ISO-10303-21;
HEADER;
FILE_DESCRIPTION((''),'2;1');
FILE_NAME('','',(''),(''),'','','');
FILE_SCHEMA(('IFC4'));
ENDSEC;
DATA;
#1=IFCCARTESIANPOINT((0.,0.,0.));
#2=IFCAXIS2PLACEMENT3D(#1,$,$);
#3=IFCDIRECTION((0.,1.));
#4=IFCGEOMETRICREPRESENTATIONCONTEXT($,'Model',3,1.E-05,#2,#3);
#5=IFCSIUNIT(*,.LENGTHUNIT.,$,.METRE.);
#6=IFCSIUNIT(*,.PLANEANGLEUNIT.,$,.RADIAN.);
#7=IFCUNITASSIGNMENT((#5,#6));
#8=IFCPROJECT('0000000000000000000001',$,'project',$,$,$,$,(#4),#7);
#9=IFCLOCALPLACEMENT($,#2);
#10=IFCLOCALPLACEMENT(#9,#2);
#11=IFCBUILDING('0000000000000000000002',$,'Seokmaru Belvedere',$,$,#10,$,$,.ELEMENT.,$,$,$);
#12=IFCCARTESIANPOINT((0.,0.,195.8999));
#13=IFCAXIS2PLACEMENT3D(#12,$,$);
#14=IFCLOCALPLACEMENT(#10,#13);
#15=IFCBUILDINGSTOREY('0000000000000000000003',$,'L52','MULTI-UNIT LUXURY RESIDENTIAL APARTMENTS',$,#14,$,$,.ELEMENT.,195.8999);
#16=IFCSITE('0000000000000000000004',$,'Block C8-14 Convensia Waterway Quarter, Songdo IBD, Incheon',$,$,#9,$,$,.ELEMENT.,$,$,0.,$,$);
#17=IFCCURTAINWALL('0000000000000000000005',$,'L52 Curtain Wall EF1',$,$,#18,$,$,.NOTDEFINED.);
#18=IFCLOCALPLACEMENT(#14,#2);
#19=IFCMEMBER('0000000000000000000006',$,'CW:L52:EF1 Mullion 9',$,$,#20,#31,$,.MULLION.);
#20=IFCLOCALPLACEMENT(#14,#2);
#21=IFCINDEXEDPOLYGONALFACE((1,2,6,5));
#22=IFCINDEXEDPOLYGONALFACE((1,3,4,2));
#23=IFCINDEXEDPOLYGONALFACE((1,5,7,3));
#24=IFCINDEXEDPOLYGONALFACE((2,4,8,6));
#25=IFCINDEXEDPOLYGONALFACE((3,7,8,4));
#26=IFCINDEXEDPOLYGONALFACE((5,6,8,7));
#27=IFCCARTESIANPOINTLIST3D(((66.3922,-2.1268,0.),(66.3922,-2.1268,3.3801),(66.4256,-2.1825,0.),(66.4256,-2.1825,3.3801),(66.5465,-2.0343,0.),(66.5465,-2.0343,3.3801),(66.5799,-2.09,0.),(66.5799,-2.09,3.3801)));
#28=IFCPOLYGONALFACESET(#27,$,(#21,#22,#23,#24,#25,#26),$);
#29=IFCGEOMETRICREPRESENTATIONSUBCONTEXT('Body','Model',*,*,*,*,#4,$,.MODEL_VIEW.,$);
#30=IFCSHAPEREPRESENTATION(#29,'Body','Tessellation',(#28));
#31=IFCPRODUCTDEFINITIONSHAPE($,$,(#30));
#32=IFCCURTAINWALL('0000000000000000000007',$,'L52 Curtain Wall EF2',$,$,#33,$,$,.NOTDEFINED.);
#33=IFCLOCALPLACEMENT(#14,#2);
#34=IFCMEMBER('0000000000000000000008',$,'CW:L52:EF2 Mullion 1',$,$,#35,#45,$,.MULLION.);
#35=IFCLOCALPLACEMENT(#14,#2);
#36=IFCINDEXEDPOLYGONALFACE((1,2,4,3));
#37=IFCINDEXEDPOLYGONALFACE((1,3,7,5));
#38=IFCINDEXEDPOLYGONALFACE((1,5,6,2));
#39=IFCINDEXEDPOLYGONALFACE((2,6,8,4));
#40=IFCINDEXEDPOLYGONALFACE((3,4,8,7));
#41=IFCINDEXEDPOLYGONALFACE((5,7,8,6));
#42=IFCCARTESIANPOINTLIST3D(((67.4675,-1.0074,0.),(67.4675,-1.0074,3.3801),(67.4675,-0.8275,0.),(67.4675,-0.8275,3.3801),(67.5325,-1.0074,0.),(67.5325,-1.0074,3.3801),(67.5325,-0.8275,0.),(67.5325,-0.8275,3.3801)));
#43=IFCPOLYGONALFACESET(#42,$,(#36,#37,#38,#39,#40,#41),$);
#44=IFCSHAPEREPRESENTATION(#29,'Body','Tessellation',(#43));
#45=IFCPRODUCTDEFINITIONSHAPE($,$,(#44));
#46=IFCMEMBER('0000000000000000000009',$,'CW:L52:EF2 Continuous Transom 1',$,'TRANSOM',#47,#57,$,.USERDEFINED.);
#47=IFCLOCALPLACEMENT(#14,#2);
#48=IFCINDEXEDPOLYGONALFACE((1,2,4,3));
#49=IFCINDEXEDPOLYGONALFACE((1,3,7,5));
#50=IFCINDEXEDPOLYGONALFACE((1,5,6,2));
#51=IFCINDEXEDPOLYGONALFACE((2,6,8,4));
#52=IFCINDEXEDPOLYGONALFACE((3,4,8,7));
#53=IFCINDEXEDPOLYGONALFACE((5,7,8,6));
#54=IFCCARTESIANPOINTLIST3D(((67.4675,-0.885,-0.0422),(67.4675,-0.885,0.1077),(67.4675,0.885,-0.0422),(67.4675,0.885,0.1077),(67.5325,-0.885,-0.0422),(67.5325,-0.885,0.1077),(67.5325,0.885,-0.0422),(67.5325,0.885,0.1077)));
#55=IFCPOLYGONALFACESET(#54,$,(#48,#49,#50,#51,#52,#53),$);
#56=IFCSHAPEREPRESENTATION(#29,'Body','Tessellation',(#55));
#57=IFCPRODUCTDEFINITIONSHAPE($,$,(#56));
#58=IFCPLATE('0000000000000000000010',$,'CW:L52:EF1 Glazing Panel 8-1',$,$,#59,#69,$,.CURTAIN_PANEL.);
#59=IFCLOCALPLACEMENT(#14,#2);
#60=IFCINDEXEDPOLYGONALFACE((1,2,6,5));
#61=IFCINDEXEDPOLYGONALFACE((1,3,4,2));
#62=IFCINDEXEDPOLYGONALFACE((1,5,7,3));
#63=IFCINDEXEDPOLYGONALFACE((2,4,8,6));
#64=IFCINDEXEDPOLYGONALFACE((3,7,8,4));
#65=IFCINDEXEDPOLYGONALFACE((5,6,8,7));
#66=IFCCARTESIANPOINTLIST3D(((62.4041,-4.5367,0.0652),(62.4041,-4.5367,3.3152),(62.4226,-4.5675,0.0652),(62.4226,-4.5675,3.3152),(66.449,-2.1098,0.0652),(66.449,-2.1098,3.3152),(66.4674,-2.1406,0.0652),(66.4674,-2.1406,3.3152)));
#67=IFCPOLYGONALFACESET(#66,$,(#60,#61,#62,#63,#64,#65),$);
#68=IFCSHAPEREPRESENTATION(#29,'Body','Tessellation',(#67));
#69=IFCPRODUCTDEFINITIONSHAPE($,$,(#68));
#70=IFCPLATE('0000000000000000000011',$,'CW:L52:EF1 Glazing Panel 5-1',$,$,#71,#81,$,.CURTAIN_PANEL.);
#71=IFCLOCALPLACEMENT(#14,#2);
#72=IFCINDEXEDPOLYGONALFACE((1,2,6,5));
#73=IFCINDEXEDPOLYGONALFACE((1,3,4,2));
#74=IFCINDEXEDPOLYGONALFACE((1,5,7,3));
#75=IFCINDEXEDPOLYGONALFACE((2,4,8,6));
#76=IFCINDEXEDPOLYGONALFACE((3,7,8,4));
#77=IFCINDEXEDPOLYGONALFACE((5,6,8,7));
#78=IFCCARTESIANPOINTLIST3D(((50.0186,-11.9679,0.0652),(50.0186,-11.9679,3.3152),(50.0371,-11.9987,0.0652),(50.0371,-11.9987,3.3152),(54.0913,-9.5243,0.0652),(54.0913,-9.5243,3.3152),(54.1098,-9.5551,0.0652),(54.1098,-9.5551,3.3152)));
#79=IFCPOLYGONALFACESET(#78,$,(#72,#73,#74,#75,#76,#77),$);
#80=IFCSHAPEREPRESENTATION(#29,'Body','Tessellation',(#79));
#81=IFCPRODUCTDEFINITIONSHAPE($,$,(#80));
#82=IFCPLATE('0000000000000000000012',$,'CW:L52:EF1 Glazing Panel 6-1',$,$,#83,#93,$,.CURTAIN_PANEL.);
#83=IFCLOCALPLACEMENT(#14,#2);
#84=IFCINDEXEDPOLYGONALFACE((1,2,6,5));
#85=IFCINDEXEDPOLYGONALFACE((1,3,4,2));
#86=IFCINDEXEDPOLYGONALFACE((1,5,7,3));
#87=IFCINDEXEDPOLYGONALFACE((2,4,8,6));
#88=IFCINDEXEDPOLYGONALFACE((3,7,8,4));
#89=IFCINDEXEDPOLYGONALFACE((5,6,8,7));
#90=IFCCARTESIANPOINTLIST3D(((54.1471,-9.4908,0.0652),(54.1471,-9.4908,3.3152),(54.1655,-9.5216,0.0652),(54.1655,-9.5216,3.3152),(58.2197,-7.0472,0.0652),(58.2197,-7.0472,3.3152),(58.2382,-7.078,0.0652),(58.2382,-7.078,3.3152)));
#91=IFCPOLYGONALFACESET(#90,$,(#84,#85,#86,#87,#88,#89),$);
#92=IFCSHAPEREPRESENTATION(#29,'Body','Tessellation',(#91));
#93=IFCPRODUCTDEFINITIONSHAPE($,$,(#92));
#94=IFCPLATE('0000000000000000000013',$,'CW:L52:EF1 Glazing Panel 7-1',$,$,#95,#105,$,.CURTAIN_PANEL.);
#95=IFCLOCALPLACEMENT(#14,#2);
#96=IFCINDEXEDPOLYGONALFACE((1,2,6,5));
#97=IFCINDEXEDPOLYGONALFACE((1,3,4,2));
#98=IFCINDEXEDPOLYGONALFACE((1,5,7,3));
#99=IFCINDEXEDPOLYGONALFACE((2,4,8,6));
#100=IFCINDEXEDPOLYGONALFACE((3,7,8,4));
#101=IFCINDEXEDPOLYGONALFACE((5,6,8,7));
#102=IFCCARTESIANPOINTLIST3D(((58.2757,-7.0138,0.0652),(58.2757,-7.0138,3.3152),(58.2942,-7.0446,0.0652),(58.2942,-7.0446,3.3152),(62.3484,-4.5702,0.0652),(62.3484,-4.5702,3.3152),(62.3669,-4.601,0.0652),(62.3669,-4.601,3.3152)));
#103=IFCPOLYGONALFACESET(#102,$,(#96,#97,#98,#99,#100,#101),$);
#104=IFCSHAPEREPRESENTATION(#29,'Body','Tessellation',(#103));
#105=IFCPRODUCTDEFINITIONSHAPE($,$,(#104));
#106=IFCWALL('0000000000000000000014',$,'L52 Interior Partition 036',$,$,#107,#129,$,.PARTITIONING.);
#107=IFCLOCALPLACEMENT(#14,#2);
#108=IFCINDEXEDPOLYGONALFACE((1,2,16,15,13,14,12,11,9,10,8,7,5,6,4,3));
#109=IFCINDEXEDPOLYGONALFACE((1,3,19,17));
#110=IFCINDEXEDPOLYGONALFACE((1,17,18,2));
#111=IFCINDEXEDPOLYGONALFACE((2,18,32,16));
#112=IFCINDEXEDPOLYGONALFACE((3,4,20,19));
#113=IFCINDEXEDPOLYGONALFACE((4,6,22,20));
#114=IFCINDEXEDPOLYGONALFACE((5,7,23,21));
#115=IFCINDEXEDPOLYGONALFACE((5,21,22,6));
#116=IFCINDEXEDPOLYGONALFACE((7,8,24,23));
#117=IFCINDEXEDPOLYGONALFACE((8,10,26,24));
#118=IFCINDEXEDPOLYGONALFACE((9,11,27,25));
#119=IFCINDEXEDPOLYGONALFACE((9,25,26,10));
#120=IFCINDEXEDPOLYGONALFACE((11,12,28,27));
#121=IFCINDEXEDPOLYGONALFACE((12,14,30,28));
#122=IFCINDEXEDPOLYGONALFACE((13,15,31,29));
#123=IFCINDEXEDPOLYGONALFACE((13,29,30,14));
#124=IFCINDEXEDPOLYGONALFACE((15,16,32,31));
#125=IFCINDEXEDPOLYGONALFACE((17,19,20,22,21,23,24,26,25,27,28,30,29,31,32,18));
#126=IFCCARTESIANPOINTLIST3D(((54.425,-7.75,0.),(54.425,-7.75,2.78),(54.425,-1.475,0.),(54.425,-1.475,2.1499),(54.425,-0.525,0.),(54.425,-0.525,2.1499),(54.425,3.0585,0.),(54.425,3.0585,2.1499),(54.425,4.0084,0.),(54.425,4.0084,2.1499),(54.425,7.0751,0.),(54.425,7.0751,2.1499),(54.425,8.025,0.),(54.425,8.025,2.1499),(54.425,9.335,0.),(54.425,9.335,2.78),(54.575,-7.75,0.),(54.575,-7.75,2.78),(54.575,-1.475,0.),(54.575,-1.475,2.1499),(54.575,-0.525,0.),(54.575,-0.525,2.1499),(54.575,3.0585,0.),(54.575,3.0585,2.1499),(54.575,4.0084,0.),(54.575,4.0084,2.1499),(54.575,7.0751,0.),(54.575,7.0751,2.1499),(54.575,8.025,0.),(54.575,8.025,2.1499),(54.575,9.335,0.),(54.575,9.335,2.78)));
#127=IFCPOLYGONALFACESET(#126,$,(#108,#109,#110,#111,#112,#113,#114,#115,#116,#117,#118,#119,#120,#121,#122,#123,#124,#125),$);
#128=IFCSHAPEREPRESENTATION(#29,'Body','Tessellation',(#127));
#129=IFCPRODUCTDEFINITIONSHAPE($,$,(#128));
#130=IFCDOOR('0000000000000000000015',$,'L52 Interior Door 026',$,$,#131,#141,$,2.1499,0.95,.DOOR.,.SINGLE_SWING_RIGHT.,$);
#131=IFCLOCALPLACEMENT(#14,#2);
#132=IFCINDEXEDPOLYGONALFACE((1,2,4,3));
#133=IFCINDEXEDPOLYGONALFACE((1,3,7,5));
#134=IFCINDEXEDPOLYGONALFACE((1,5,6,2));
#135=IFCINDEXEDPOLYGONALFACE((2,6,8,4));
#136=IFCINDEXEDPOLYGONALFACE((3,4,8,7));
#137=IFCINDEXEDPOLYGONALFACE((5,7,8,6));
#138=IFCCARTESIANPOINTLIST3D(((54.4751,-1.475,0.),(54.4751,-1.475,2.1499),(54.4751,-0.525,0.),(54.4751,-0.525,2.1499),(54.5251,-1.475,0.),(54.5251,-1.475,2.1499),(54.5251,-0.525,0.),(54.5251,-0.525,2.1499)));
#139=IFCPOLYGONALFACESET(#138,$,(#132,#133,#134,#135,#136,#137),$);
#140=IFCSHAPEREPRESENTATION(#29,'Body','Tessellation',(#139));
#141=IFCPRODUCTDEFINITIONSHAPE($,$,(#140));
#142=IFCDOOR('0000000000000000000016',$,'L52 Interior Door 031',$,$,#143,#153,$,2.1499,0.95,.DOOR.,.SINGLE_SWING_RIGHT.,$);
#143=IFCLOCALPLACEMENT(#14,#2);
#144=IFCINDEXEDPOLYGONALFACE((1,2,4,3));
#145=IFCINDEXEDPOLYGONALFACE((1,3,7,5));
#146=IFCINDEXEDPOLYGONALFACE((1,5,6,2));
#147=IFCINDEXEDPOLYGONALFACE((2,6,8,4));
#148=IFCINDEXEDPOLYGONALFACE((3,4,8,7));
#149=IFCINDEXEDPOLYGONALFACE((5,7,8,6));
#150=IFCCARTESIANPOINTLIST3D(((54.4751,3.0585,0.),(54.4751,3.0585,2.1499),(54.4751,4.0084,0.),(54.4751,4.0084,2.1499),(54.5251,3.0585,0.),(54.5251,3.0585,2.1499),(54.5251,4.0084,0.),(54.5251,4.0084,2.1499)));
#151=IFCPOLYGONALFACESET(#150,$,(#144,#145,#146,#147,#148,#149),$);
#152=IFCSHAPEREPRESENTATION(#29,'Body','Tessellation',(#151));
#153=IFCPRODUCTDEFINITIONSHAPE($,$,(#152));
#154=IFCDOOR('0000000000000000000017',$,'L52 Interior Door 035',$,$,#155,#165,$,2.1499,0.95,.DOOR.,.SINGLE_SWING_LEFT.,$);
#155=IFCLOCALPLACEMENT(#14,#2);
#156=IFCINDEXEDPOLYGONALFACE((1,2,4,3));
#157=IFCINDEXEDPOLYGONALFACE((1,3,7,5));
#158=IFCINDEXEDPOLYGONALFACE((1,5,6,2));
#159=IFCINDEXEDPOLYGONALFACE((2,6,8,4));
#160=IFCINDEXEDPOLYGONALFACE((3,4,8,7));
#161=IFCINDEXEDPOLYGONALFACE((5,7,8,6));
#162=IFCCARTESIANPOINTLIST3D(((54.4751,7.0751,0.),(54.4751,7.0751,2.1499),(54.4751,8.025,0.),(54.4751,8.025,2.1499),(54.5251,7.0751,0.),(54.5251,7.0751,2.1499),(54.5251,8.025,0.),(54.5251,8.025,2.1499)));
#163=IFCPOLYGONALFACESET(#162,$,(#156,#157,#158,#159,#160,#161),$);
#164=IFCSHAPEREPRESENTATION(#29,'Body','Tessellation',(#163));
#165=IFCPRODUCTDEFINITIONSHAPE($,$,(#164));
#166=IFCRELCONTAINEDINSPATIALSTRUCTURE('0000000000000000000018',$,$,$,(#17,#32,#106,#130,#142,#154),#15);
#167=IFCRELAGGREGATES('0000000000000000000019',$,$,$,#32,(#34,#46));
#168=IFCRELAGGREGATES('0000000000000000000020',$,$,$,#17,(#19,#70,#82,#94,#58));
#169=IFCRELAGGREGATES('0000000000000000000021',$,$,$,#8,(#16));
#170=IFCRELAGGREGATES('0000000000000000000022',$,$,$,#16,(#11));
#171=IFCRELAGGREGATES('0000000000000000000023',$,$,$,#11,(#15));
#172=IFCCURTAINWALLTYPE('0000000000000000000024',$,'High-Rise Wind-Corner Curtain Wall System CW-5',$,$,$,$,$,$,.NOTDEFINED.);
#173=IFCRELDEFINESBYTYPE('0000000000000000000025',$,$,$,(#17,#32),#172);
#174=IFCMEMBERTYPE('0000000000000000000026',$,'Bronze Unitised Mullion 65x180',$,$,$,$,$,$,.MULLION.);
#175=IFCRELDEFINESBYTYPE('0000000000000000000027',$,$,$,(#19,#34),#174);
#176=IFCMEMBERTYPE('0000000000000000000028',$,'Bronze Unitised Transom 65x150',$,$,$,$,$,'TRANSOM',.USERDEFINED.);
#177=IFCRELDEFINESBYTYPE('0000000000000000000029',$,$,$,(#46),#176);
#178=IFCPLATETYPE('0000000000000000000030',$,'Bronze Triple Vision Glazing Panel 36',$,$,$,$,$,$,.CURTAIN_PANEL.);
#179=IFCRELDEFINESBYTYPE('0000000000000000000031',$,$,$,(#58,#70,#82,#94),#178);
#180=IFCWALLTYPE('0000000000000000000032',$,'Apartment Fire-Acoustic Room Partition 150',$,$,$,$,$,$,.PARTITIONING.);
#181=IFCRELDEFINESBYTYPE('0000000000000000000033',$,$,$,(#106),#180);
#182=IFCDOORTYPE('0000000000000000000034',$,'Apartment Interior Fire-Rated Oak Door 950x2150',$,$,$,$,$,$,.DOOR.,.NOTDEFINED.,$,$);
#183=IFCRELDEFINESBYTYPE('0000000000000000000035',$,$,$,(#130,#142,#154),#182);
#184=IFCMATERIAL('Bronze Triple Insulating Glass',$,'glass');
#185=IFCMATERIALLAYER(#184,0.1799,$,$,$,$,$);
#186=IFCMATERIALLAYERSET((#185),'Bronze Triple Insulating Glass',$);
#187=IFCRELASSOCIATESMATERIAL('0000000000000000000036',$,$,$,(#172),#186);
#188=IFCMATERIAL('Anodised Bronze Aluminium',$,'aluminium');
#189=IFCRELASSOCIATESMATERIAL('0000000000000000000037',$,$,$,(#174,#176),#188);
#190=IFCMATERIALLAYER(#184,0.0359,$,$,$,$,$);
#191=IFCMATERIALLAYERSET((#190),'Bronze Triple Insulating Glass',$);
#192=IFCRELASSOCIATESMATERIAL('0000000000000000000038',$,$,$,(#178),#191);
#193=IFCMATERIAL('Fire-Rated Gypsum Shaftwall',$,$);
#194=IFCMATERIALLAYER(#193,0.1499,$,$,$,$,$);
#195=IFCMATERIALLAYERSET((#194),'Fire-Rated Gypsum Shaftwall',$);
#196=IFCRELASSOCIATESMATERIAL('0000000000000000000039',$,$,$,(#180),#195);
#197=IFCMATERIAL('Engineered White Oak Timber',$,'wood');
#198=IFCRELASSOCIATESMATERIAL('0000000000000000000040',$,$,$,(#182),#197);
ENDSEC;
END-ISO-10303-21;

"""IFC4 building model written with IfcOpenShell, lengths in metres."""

from ifc_helpers import new_model, si_unit, direction, frame, frame_2d, origin, origin_2d, place, context, subcontext, project, spatial, rectangle, extrude, source, transform, mapped, material, layer, layer_set, material_profile, profile_set, type_object, type_shapes, element, fill, aggregate, save


model = new_model("IFC4")

# Units and contexts
model_context = context("Model", 3, precision=1e-05, world=origin(), true_north=direction((0.0, 1.0)))
body_context = subcontext(model_context, "Body", "Model", "MODEL_VIEW")
ifc_project = project(units=[si_unit("LENGTHUNIT", "METRE"), si_unit("PLANEANGLEUNIT", "RADIAN")], contexts=[model_context])

# Site, building, storey
site_placement = place(None, origin())
site = spatial("IfcSite", under=ifc_project, at=site_placement, Name="Block C8-14 Convensia Waterway Quarter, Songdo IBD, Incheon", CompositionType="ELEMENT", RefElevation=0.0)
building_placement = place(site_placement, origin())
building = spatial("IfcBuilding", under=site, at=building_placement, Name="Seokmaru Belvedere", CompositionType="ELEMENT")
storey_placement = place(building_placement, frame((0.0, 0.0, 195.8999)))
storey = spatial("IfcBuildingStorey", under=building, at=storey_placement, Name="L52", Description="MULTI-UNIT LUXURY RESIDENTIAL APARTMENTS", CompositionType="ELEMENT", Elevation=195.8999)

# Curtain walls, members
ifc_material_1 = material(Name="Bronze Triple Insulating Glass", Category="glass")
ifc_layer_1 = layer(ifc_material_1, 0.1799)
ifc_layer_set_1 = layer_set([ifc_layer_1], Name="Bronze Triple Insulating Glass")
curtain_wall_type = type_object("IfcCurtainWallType", Name="High-Rise Wind-Corner Curtain Wall System CW-5", PredefinedType="NOTDEFINED", material=ifc_layer_set_1)
curtain_wall_1_placement = place(storey_placement, origin())
curtain_wall_1 = element("IfcCurtainWall", 1, at=curtain_wall_1_placement, inside=storey, type_object=curtain_wall_type, Name="L52 Curtain Wall EF1", PredefinedType="NOTDEFINED")
ifc_material_2 = material(Name="Anodised Bronze Aluminium", Category="aluminium")
ifc_material_profile_1 = material_profile(ifc_material_2, rectangle(XDim=0.0649, YDim=0.1799, at=origin_2d()), Name="CW-M-65x180")
ifc_profile_set_1 = profile_set([ifc_material_profile_1], Name="Anodised Bronze Aluminium")
member_type_1 = type_object("IfcMemberType", Name="Bronze Unitised Mullion 65x180", PredefinedType="MULLION", material=ifc_profile_set_1)
shared_shape_1 = source(origin(), body_context, "Body", "SweptSolid", [
    extrude(rectangle(XDim=0.0649, YDim=0.1799, at=origin_2d()), origin(), (0.0, 0.0, 1.0), 3.3801),
])
member_1_placement = place(storey_placement, frame((66.4861, -2.1084, 0.0), z_axis=(0.0, 0.0, 1.0), x_axis=(-0.514495, 0.857493, 0.0)))
member_1 = element("IfcMember", 2, at=member_1_placement, type_object=member_type_1, Name="CW:L52:EF1 Mullion 9", PredefinedType="MULLION", context=body_context, shape_type="MappedRepresentation", body=[
    mapped(shared_shape_1, transform((0.0, 0.0, 0.0), scale=1.0)),
])
curtain_wall_2_placement = place(storey_placement, origin())
curtain_wall_2 = element("IfcCurtainWall", 3, at=curtain_wall_2_placement, inside=storey, type_object=curtain_wall_type, Name="L52 Curtain Wall EF2", PredefinedType="NOTDEFINED")
member_2_placement = place(storey_placement, frame((67.5, -0.9175, 0.0), z_axis=(0.0, 0.0, 1.0), x_axis=(-1.0, 0.0, 0.0)))
member_2 = element("IfcMember", 4, at=member_2_placement, type_object=member_type_1, Name="CW:L52:EF2 Mullion 1", PredefinedType="MULLION", context=body_context, shape_type="MappedRepresentation", body=[
    mapped(shared_shape_1, transform((0.0, 0.0, 0.0), scale=1.0)),
])
ifc_material_profile_2 = material_profile(ifc_material_2, rectangle(XDim=0.0649, YDim=0.1499, at=origin_2d()), Name="CW-T-65x150")
ifc_profile_set_2 = profile_set([ifc_material_profile_2], Name="Anodised Bronze Aluminium")
member_type_2 = type_object("IfcMemberType", Name="Bronze Unitised Transom 65x150", ElementType="TRANSOM", PredefinedType="USERDEFINED", material=ifc_profile_set_2)
shared_shape_2 = source(origin(), body_context, "Body", "SweptSolid", [
    extrude(rectangle(XDim=0.0649, YDim=0.1499, at=origin_2d()), origin(), (0.0, 0.0, 1.0), 1.77),
])
type_shapes(member_type_2, [shared_shape_2])
member_3_placement = place(storey_placement, frame((67.5, -0.885, 0.0327), z_axis=(0.0, 1.0, 0.0), x_axis=(-1.0, 0.0, 0.0)))
member_3 = element("IfcMember", 5, at=member_3_placement, type_object=member_type_2, Name="CW:L52:EF2 Continuous Transom 1", ObjectType="TRANSOM", PredefinedType="USERDEFINED", context=body_context, shape_type="MappedRepresentation", body=[
    mapped(shared_shape_2, transform((0.0, 0.0, 0.0), scale=1.0)),
])
aggregate(curtain_wall_2, [member_2, member_3])

# Plates
ifc_layer_2 = layer(ifc_material_1, 0.0359)
ifc_layer_set_2 = layer_set([ifc_layer_2], Name="Bronze Triple Insulating Glass")
plate_type = type_object("IfcPlateType", Name="Bronze Triple Vision Glazing Panel 36", PredefinedType="CURTAIN_PANEL", material=ifc_layer_set_2)
shared_shape_3 = source(origin(), body_context, "Body", "SweptSolid", [
    extrude(rectangle(XDim=4.717, YDim=0.0359, at=origin_2d()), origin(), (0.0, 0.0, 1.0), 3.25),
])
plate_1_placement = place(storey_placement, frame((64.4358, -3.3386, 0.0652), z_axis=(0.0, 0.0, 1.0), x_axis=(0.857493, 0.514495, 0.0)))
plate_1 = element("IfcPlate", 6, at=plate_1_placement, type_object=plate_type, Name="CW:L52:EF1 Glazing Panel 8-1", PredefinedType="CURTAIN_PANEL", context=body_context, shape_type="MappedRepresentation", body=[
    mapped(shared_shape_3, transform((0.0, 0.0, 0.0), scale=1.0)),
])
shared_shape_4 = source(origin(), body_context, "Body", "SweptSolid", [
    extrude(rectangle(XDim=4.7495, YDim=0.0359, at=origin_2d()), origin(), (0.0, 0.0, 1.0), 3.25),
])
type_shapes(plate_type, [shared_shape_3, shared_shape_4])
plate_2_placement = place(storey_placement, frame((52.0642, -10.7615, 0.0652), z_axis=(0.0, 0.0, 1.0), x_axis=(0.857493, 0.514495, 0.0)))
plate_2 = element("IfcPlate", 7, at=plate_2_placement, type_object=plate_type, Name="CW:L52:EF1 Glazing Panel 5-1", PredefinedType="CURTAIN_PANEL", context=body_context, shape_type="MappedRepresentation", body=[
    mapped(shared_shape_4, transform((0.0, 0.0, 0.0), scale=1.0)),
])
plate_3_placement = place(storey_placement, frame((56.1926, -8.2844, 0.0652), z_axis=(0.0, 0.0, 1.0), x_axis=(0.857493, 0.514495, 0.0)))
plate_3 = element("IfcPlate", 8, at=plate_3_placement, type_object=plate_type, Name="CW:L52:EF1 Glazing Panel 6-1", PredefinedType="CURTAIN_PANEL", context=body_context, shape_type="MappedRepresentation", body=[
    mapped(shared_shape_4, transform((0.0, 0.0, 0.0), scale=1.0)),
])
plate_4_placement = place(storey_placement, frame((60.3213, -5.8074, 0.0652), z_axis=(0.0, 0.0, 1.0), x_axis=(0.857493, 0.514495, 0.0)))
plate_4 = element("IfcPlate", 9, at=plate_4_placement, type_object=plate_type, Name="CW:L52:EF1 Glazing Panel 7-1", PredefinedType="CURTAIN_PANEL", context=body_context, shape_type="MappedRepresentation", body=[
    mapped(shared_shape_4, transform((0.0, 0.0, 0.0), scale=1.0)),
])
aggregate(curtain_wall_1, [member_1, plate_2, plate_3, plate_4, plate_1])

# Wall, openings, doors
ifc_material_3 = material(Name="Fire-Rated Gypsum Shaftwall")
ifc_layer_3 = layer(ifc_material_3, 0.1499)
ifc_layer_set_3 = layer_set([ifc_layer_3], Name="Fire-Rated Gypsum Shaftwall")
wall_type_1 = type_object("IfcWallType", Name="Apartment Fire-Acoustic Room Partition 150", PredefinedType="PARTITIONING", material=ifc_layer_set_3)
wall_1_placement = place(storey_placement, frame((54.5, -7.75, 0.0), z_axis=(0.0, 0.0, 1.0), x_axis=(0.0, 1.0, 0.0)))
wall_1 = element("IfcWall", 10, at=wall_1_placement, inside=storey, type_object=wall_type_1, Name="L52 Interior Partition 036", PredefinedType="PARTITIONING", context=body_context, shape_type="SweptSolid", body=[
    extrude(rectangle(XDim=17.085, YDim=0.1499, at=frame_2d((8.5425, 0.0))), origin(), (0.0, 0.0, 1.0), 2.78),
])
opening_1_placement = place(wall_1_placement, frame((6.2749, 0.0, 0.0)))
opening_1 = element("IfcOpeningElement", 11, at=opening_1_placement, cuts=wall_1, PredefinedType="OPENING", context=body_context, shape_type="SweptSolid", body=[
    extrude(rectangle(XDim=0.95, YDim=2.1499, at=frame_2d((0.4751, 1.075))), frame((0.0, 0.085, 0.0), z_axis=(0.0, -1.0, 0.0), x_axis=(1.0, 0.0, 0.0)), (0.0, 0.0, 1.0), 0.1699),
])
opening_2_placement = place(wall_1_placement, frame((10.8083, 0.0, 0.0)))
opening_2 = element("IfcOpeningElement", 12, at=opening_2_placement, cuts=wall_1, PredefinedType="OPENING", context=body_context, shape_type="SweptSolid", body=[
    extrude(rectangle(XDim=0.95, YDim=2.1499, at=frame_2d((0.4751, 1.075))), frame((0.0, 0.085, 0.0), z_axis=(0.0, -1.0, 0.0), x_axis=(1.0, 0.0, 0.0)), (0.0, 0.0, 1.0), 0.1699),
])
opening_3_placement = place(wall_1_placement, frame((14.825, 0.0, 0.0)))
opening_3 = element("IfcOpeningElement", 13, at=opening_3_placement, cuts=wall_1, PredefinedType="OPENING", context=body_context, shape_type="SweptSolid", body=[
    extrude(rectangle(XDim=0.95, YDim=2.1499, at=frame_2d((0.4751, 1.075))), frame((0.0, 0.085, 0.0), z_axis=(0.0, -1.0, 0.0), x_axis=(1.0, 0.0, 0.0)), (0.0, 0.0, 1.0), 0.1699),
])
ifc_material_4 = material(Name="Engineered White Oak Timber", Category="wood")
door_type = type_object("IfcDoorType", Name="Apartment Interior Fire-Rated Oak Door 950x2150", OperationType="NOTDEFINED", PredefinedType="DOOR", material=ifc_material_4)
shared_shape_5 = source(origin(), body_context, "Body", "SweptSolid", [
    extrude(rectangle(XDim=0.95, YDim=2.1499, at=frame_2d((0.4751, 1.075))), frame((0.0, 0.0249, 0.0), z_axis=(0.0, -1.0, 0.0), x_axis=(1.0, 0.0, 0.0)), (0.0, 0.0, 1.0), 0.05),
])
type_shapes(door_type, [shared_shape_5])
door_1_placement = place(opening_1_placement, origin())
door_1 = element("IfcDoor", 14, at=door_1_placement, inside=storey, type_object=door_type, Name="L52 Interior Door 026", OperationType="SINGLE_SWING_RIGHT", OverallHeight=2.1499, OverallWidth=0.95, PredefinedType="DOOR", context=body_context, shape_type="MappedRepresentation", body=[
    mapped(shared_shape_5, transform((0.0, 0.0, 0.0), scale=1.0)),
])
fill(opening_1, door_1)
door_2_placement = place(opening_2_placement, origin())
door_2 = element("IfcDoor", 15, at=door_2_placement, inside=storey, type_object=door_type, Name="L52 Interior Door 031", OperationType="SINGLE_SWING_RIGHT", OverallHeight=2.1499, OverallWidth=0.95, PredefinedType="DOOR", context=body_context, shape_type="MappedRepresentation", body=[
    mapped(shared_shape_5, transform((0.0, 0.0, 0.0), scale=1.0)),
])
fill(opening_2, door_2)
door_3_placement = place(opening_3_placement, origin())
door_3 = element("IfcDoor", 16, at=door_3_placement, inside=storey, type_object=door_type, Name="L52 Interior Door 035", OperationType="SINGLE_SWING_LEFT", OverallHeight=2.1499, OverallWidth=0.95, PredefinedType="DOOR", context=body_context, shape_type="MappedRepresentation", body=[
    mapped(shared_shape_5, transform((0.0, 0.0, 0.0), scale=1.0)),
])
fill(opening_3, door_3)

save(model, "model.ifc")
